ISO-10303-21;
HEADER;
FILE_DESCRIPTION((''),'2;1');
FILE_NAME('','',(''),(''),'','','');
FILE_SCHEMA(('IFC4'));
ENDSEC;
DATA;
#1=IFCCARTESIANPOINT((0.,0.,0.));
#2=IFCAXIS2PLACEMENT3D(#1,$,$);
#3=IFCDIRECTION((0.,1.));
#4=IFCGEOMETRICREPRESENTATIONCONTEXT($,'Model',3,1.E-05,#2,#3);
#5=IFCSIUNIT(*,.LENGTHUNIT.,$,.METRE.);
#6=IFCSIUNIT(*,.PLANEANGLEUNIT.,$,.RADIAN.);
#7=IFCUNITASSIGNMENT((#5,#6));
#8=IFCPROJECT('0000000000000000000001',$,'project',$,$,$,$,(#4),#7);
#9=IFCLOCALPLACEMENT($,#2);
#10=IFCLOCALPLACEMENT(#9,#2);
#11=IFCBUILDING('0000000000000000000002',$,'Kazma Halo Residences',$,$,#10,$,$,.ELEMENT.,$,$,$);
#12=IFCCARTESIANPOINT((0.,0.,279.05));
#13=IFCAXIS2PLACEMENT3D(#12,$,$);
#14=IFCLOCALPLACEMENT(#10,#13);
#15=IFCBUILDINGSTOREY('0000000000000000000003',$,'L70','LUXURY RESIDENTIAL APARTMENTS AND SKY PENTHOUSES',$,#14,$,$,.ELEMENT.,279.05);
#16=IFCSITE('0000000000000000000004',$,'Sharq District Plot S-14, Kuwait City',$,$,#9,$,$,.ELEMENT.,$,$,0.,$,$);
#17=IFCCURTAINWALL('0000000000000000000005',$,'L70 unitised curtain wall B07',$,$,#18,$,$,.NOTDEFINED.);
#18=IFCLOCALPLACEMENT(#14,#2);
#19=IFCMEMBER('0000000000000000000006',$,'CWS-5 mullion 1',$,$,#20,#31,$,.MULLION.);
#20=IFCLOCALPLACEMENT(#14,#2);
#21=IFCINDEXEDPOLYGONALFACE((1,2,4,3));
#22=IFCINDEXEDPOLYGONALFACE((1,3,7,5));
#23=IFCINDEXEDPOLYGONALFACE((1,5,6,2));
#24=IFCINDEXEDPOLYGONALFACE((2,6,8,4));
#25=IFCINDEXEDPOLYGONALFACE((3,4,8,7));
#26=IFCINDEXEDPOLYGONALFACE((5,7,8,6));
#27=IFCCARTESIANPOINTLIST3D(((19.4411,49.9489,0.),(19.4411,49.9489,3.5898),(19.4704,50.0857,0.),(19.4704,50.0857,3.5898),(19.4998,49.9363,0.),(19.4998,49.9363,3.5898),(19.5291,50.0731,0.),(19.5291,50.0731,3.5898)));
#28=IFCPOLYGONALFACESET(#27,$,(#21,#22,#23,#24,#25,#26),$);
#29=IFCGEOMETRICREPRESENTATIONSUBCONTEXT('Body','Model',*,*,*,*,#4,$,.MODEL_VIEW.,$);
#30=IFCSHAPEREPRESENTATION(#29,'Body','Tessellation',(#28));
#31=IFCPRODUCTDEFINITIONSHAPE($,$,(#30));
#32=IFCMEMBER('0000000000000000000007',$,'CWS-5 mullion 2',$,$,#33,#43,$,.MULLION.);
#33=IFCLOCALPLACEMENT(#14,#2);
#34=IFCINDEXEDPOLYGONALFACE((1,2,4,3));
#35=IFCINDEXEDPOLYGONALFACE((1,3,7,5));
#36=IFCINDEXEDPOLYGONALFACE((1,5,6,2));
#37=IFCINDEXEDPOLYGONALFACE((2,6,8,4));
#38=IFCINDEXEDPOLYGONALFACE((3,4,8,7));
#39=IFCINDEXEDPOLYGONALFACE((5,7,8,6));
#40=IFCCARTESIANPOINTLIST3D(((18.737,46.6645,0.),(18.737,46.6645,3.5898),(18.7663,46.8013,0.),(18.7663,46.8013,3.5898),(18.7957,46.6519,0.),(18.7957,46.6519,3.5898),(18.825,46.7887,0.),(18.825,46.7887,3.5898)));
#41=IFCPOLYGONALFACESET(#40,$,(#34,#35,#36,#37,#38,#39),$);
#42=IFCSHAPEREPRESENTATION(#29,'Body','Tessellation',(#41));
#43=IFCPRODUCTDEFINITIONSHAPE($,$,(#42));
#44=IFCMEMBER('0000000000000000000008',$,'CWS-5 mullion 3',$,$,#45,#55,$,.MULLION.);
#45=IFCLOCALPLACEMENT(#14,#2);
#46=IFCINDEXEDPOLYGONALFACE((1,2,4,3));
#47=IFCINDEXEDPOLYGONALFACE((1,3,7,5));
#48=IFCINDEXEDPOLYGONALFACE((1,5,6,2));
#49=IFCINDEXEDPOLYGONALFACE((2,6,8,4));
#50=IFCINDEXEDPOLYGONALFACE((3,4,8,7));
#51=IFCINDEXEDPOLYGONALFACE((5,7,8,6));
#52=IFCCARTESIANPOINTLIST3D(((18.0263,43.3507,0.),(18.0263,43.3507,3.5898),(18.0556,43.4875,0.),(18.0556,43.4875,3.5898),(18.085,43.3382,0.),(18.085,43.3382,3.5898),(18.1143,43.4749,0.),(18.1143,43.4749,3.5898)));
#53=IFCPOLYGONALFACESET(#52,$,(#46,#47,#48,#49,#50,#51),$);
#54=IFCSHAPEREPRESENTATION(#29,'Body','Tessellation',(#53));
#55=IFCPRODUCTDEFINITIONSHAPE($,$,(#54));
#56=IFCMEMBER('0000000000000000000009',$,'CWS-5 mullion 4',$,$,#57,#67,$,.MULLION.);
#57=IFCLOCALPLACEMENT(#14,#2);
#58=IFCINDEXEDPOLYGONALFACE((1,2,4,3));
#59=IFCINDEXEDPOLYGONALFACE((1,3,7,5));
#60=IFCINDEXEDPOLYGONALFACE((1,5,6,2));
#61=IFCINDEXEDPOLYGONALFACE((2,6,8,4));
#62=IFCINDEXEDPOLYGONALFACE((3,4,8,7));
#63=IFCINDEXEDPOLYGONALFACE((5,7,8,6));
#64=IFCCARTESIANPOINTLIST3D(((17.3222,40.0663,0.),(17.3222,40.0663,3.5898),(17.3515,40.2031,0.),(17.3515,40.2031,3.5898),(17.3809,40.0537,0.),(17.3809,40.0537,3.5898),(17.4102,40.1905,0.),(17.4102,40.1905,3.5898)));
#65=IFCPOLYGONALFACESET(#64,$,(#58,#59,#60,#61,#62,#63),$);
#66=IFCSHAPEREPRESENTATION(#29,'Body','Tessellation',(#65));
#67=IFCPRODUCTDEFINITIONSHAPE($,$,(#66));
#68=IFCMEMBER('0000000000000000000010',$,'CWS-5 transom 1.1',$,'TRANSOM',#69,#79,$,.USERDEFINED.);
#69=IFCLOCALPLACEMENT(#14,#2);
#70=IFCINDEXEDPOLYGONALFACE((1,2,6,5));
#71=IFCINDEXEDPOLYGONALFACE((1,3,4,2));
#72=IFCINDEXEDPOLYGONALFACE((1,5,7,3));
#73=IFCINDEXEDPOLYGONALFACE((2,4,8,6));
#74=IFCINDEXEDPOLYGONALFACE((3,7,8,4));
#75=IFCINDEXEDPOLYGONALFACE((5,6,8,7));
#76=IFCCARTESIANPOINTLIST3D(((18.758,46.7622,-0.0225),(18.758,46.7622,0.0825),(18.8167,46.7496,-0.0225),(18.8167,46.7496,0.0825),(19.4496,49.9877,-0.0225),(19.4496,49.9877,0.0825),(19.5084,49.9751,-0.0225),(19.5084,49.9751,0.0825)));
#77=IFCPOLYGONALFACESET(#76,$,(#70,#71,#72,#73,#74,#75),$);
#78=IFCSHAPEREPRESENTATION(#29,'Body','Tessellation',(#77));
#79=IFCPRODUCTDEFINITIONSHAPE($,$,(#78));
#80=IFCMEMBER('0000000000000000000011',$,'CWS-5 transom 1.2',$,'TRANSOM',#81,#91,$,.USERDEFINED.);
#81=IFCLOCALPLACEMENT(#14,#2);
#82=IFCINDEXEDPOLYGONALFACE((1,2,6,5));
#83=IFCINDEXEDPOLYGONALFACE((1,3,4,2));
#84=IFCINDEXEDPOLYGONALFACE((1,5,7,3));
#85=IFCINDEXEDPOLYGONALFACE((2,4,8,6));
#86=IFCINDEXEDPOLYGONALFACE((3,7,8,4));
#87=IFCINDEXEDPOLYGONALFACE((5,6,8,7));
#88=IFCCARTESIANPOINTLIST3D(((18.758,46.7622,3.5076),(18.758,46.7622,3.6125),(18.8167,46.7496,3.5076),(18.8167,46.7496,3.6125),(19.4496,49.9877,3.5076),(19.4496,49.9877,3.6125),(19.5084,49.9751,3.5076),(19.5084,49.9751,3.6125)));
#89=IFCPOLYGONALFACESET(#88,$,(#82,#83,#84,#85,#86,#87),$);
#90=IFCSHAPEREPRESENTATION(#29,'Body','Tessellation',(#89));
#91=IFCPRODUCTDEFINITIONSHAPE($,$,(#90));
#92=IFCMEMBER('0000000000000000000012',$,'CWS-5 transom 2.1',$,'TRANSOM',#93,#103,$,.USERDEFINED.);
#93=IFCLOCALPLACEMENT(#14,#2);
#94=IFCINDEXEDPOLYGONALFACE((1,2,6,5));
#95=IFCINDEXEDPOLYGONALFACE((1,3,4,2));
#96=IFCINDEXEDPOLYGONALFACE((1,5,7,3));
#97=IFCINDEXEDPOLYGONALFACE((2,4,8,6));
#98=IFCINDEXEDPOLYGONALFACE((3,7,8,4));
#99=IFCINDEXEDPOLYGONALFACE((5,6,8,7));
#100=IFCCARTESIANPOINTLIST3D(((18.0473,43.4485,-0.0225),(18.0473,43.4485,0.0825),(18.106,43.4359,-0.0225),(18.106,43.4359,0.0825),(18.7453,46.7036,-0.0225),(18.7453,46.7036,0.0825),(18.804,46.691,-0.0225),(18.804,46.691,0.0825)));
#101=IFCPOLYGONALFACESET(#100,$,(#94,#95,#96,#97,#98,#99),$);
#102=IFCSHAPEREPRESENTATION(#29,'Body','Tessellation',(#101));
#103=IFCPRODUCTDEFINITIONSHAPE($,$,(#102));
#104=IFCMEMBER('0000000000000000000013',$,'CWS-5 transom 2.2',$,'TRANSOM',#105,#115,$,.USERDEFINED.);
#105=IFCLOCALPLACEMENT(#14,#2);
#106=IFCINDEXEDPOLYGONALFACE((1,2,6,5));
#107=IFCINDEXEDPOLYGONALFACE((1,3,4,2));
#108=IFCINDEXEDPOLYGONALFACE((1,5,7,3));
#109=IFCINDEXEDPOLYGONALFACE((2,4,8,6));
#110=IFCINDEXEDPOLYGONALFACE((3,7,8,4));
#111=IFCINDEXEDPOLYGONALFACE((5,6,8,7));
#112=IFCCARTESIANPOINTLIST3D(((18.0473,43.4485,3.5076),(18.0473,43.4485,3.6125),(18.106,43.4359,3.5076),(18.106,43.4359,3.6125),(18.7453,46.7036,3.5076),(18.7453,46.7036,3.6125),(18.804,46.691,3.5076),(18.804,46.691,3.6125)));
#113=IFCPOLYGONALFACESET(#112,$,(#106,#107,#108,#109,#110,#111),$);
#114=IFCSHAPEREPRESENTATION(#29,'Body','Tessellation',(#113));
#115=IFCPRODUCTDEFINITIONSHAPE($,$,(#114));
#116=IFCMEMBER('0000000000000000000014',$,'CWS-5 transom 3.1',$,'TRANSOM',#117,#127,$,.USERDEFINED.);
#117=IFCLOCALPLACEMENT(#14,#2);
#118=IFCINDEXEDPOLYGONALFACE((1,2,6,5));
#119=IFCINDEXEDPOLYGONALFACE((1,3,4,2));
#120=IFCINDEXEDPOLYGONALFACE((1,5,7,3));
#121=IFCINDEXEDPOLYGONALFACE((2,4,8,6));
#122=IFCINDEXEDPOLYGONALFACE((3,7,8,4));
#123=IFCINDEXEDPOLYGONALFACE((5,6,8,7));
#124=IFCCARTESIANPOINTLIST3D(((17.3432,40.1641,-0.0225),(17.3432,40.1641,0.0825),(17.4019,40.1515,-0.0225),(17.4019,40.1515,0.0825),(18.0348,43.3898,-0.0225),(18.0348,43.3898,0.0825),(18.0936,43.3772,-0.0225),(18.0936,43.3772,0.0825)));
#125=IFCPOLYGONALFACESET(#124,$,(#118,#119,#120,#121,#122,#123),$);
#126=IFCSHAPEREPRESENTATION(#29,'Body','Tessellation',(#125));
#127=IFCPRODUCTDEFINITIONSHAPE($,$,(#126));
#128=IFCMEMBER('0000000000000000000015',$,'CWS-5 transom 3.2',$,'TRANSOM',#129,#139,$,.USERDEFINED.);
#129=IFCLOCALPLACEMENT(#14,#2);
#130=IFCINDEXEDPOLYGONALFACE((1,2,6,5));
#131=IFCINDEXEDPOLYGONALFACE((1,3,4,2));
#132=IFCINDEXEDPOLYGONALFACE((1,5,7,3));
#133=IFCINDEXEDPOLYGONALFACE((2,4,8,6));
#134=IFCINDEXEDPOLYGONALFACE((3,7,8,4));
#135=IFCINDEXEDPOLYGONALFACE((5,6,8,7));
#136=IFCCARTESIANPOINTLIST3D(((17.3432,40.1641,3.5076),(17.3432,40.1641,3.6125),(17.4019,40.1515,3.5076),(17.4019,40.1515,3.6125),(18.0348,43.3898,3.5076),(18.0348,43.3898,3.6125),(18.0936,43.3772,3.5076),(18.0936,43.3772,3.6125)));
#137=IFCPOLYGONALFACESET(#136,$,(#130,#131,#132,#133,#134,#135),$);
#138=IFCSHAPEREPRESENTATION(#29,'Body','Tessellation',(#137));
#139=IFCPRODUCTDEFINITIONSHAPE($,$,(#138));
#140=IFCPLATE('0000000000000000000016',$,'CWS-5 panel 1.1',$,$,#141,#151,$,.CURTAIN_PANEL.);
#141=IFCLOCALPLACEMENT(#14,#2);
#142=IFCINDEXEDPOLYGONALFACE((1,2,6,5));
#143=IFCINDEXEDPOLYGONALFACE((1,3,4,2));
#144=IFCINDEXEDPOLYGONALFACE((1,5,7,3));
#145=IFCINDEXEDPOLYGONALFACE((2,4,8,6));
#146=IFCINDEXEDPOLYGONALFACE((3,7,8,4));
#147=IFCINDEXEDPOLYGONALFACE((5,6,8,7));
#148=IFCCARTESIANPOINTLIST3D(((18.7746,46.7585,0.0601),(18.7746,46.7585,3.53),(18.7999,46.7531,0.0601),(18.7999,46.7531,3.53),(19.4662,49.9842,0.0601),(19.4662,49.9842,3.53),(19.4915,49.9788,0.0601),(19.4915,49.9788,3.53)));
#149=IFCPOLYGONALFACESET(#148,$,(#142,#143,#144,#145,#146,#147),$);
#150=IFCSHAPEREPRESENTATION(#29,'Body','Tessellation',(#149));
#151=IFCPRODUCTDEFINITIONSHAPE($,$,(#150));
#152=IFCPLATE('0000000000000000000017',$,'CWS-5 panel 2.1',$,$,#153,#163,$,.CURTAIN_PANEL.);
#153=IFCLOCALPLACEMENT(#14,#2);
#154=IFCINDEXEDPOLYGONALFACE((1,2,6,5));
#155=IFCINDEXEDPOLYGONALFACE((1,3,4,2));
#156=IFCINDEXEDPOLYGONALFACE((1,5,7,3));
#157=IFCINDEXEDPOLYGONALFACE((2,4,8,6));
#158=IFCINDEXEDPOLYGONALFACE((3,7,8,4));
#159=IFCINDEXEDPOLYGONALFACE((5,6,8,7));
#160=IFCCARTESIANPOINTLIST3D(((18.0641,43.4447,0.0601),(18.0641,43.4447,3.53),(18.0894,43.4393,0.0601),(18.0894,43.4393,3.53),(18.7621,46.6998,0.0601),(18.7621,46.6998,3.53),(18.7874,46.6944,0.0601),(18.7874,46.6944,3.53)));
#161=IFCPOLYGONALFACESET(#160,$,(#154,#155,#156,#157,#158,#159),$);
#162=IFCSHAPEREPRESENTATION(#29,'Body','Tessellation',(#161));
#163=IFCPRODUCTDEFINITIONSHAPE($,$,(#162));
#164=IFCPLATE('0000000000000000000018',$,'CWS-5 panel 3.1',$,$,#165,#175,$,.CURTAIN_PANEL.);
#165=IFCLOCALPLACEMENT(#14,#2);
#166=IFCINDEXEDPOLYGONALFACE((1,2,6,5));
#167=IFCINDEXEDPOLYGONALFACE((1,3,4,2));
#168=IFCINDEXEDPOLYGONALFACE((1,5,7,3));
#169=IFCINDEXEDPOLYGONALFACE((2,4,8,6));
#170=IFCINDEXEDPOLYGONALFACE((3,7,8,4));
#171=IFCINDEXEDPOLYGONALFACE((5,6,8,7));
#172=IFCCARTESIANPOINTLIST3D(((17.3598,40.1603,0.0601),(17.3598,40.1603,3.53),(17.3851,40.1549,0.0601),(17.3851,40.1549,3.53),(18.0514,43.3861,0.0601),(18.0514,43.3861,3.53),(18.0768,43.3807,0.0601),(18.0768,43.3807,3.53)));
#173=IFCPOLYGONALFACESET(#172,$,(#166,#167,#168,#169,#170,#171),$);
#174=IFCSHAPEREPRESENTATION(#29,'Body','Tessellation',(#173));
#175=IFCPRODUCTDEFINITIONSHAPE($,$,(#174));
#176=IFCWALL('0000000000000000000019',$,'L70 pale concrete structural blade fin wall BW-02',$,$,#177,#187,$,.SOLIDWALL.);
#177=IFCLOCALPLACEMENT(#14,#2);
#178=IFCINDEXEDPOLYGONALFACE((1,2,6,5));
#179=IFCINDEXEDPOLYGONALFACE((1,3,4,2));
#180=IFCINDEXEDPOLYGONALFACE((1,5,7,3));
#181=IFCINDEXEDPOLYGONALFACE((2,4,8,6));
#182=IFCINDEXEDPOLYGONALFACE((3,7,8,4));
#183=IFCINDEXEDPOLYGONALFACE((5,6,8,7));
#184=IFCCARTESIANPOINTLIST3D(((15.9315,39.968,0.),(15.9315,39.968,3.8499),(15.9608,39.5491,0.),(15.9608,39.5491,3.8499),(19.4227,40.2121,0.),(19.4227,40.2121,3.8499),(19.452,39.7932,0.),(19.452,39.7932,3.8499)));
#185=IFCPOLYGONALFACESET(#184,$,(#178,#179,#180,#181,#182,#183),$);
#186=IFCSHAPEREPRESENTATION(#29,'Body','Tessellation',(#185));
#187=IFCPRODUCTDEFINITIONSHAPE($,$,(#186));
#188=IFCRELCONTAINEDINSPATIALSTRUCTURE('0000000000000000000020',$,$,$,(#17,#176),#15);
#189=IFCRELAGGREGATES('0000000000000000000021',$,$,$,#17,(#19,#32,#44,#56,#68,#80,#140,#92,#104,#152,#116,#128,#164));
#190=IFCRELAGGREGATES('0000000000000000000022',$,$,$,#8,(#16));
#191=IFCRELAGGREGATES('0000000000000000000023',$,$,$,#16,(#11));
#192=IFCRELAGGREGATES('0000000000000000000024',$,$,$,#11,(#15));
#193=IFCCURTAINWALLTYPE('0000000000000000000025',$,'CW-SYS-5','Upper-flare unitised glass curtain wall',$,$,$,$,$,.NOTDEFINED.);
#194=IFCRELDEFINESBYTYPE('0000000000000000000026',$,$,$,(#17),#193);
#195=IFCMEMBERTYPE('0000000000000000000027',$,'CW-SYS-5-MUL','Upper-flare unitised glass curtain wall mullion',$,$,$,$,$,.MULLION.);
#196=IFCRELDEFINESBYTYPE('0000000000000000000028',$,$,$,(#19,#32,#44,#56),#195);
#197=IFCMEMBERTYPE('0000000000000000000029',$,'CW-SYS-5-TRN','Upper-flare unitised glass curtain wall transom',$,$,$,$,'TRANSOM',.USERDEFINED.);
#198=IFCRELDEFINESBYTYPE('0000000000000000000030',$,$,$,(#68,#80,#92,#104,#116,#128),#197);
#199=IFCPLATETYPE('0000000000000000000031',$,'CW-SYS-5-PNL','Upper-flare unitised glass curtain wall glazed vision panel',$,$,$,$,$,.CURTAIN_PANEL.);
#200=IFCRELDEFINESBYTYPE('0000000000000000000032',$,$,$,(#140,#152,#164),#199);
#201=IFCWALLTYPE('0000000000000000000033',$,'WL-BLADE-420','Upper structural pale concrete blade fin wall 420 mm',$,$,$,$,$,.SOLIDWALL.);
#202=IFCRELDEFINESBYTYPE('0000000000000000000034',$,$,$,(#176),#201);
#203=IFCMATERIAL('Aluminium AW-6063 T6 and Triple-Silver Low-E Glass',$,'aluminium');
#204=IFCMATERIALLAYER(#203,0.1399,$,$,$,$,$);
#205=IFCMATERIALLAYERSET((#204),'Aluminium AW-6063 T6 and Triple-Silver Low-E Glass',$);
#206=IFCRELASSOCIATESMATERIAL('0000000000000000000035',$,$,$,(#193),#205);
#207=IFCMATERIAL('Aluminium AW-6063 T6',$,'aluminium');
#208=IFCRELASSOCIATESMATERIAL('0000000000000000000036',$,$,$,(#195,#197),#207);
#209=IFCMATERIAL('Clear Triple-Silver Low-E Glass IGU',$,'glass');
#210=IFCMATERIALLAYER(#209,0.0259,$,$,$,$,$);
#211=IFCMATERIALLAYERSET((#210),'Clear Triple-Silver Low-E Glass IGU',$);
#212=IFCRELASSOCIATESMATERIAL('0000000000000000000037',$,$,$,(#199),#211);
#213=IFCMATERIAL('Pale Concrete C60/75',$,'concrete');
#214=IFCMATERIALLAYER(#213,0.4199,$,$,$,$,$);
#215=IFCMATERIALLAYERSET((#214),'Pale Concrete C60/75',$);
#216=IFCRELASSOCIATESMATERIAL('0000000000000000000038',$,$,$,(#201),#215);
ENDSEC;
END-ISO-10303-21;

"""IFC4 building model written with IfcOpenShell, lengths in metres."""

from ifc_helpers import new_model, si_unit, direction, frame, frame_2d, origin, origin_2d, place, context, subcontext, project, spatial, rectangle, extrude, material, layer, layer_set, material_profile, profile_set, type_object, element, aggregate, save


model = new_model("IFC4")

# Units and contexts
model_context = context("Model", 3, precision=1e-05, world=origin(), true_north=direction((0.0, 1.0)))
body_context = subcontext(model_context, "Body", "Model", "MODEL_VIEW")
ifc_project = project(units=[si_unit("LENGTHUNIT", "METRE"), si_unit("PLANEANGLEUNIT", "RADIAN")], contexts=[model_context])

# Site, building, storey
site_placement = place(None, origin())
site = spatial("IfcSite", under=ifc_project, at=site_placement, Name="Sharq District Plot S-14, Kuwait City", CompositionType="ELEMENT", RefElevation=0.0)
building_placement = place(site_placement, origin())
building = spatial("IfcBuilding", under=site, at=building_placement, Name="Kazma Halo Residences", CompositionType="ELEMENT")
storey_placement = place(building_placement, frame((0.0, 0.0, 279.05)))
storey = spatial("IfcBuildingStorey", under=building, at=storey_placement, Name="L70", Description="LUXURY RESIDENTIAL APARTMENTS AND SKY PENTHOUSES", CompositionType="ELEMENT", Elevation=279.05)

# Curtain wall, members, plates
ifc_material_1 = material(Name="Aluminium AW-6063 T6 and Triple-Silver Low-E Glass", Category="aluminium")
ifc_layer_1 = layer(ifc_material_1, 0.1399)
ifc_layer_set_1 = layer_set([ifc_layer_1], Name="Aluminium AW-6063 T6 and Triple-Silver Low-E Glass")
curtain_wall_type = type_object("IfcCurtainWallType", Name="CW-SYS-5", Description="Upper-flare unitised glass curtain wall", PredefinedType="NOTDEFINED", material=ifc_layer_set_1)
curtain_wall_placement = place(storey_placement, origin())
curtain_wall = element("IfcCurtainWall", 1, at=curtain_wall_placement, inside=storey, type_object=curtain_wall_type, Name="L70 unitised curtain wall B07", PredefinedType="NOTDEFINED")
ifc_material_2 = material(Name="Aluminium AW-6063 T6", Category="aluminium")
ifc_material_profile_1 = material_profile(ifc_material_2, rectangle(XDim=0.0601, YDim=0.1399, at=origin_2d()), Name="CWM-60x140")
ifc_profile_set_1 = profile_set([ifc_material_profile_1], Name="Aluminium AW-6063 T6")
member_type_1 = type_object("IfcMemberType", Name="CW-SYS-5-MUL", Description="Upper-flare unitised glass curtain wall mullion", PredefinedType="MULLION", material=ifc_profile_set_1)
member_1_placement = place(storey_placement, frame((19.4851, 50.011, 0.0), z_axis=(0.0, 0.0, 1.0), x_axis=(0.977775, -0.209657, 0.0)))
member_1 = element("IfcMember", 2, at=member_1_placement, type_object=member_type_1, Name="CWS-5 mullion 1", PredefinedType="MULLION", context=body_context, shape_type="SweptSolid", body=[
    extrude(rectangle(XDim=0.0601, YDim=0.1399, at=origin_2d()), origin(), (0.0, 0.0, 1.0), 3.5898),
])
member_2_placement = place(storey_placement, frame((18.781, 46.7266, 0.0), z_axis=(0.0, 0.0, 1.0), x_axis=(0.977775, -0.209657, 0.0)))
member_2 = element("IfcMember", 3, at=member_2_placement, type_object=member_type_1, Name="CWS-5 mullion 2", PredefinedType="MULLION", context=body_context, shape_type="SweptSolid", body=[
    extrude(rectangle(XDim=0.0601, YDim=0.1399, at=origin_2d()), origin(), (0.0, 0.0, 1.0), 3.5898),
])
member_3_placement = place(storey_placement, frame((18.0703, 43.4128, 0.0), z_axis=(0.0, 0.0, 1.0), x_axis=(0.977775, -0.209657, 0.0)))
member_3 = element("IfcMember", 4, at=member_3_placement, type_object=member_type_1, Name="CWS-5 mullion 3", PredefinedType="MULLION", context=body_context, shape_type="SweptSolid", body=[
    extrude(rectangle(XDim=0.0601, YDim=0.1399, at=origin_2d()), origin(), (0.0, 0.0, 1.0), 3.5898),
])
member_4_placement = place(storey_placement, frame((17.3662, 40.1284, 0.0), z_axis=(0.0, 0.0, 1.0), x_axis=(0.977775, -0.209657, 0.0)))
member_4 = element("IfcMember", 5, at=member_4_placement, type_object=member_type_1, Name="CWS-5 mullion 4", PredefinedType="MULLION", context=body_context, shape_type="SweptSolid", body=[
    extrude(rectangle(XDim=0.0601, YDim=0.1399, at=origin_2d()), origin(), (0.0, 0.0, 1.0), 3.5898),
])
ifc_material_profile_2 = material_profile(ifc_material_2, rectangle(XDim=0.0601, YDim=0.105, at=origin_2d()), Name="CWT-60x105")
ifc_profile_set_2 = profile_set([ifc_material_profile_2], Name="Aluminium AW-6063 T6")
member_type_2 = type_object("IfcMemberType", Name="CW-SYS-5-TRN", Description="Upper-flare unitised glass curtain wall transom", ElementType="TRANSOM", PredefinedType="USERDEFINED", material=ifc_profile_set_2)
member_5_placement = place(storey_placement, frame((19.479, 49.9814, 0.03), z_axis=(-0.20966, -0.977774, 0.0), x_axis=(0.977774, -0.20966, 0.0)))
member_5 = element("IfcMember", 6, at=member_5_placement, type_object=member_type_2, Name="CWS-5 transom 1.1", ObjectType="TRANSOM", PredefinedType="USERDEFINED", context=body_context, shape_type="SweptSolid", body=[
    extrude(rectangle(XDim=0.0601, YDim=0.105, at=origin_2d()), origin(), (0.0, 0.0, 1.0), 3.2988),
])
member_6_placement = place(storey_placement, frame((19.479, 49.9814, 3.5601), z_axis=(-0.20966, -0.977774, 0.0), x_axis=(0.977774, -0.20966, 0.0)))
member_6 = element("IfcMember", 7, at=member_6_placement, type_object=member_type_2, Name="CWS-5 transom 1.2", ObjectType="TRANSOM", PredefinedType="USERDEFINED", context=body_context, shape_type="SweptSolid", body=[
    extrude(rectangle(XDim=0.0601, YDim=0.105, at=origin_2d()), origin(), (0.0, 0.0, 1.0), 3.2988),
])
member_7_placement = place(storey_placement, frame((18.7747, 46.6973, 0.03), z_axis=(-0.209664, -0.977773, 0.0), x_axis=(0.977773, -0.209664, 0.0)))
member_7 = element("IfcMember", 8, at=member_7_placement, type_object=member_type_2, Name="CWS-5 transom 2.1", ObjectType="TRANSOM", PredefinedType="USERDEFINED", context=body_context, shape_type="SweptSolid", body=[
    extrude(rectangle(XDim=0.0601, YDim=0.105, at=origin_2d()), origin(), (0.0, 0.0, 1.0), 3.3291),
])
member_8_placement = place(storey_placement, frame((18.7747, 46.6973, 3.5601), z_axis=(-0.209664, -0.977773, 0.0), x_axis=(0.977773, -0.209664, 0.0)))
member_8 = element("IfcMember", 9, at=member_8_placement, type_object=member_type_2, Name="CWS-5 transom 2.2", ObjectType="TRANSOM", PredefinedType="USERDEFINED", context=body_context, shape_type="SweptSolid", body=[
    extrude(rectangle(XDim=0.0601, YDim=0.105, at=origin_2d()), origin(), (0.0, 0.0, 1.0), 3.3291),
])
member_9_placement = place(storey_placement, frame((18.0642, 43.3835, 0.03), z_axis=(-0.209645, -0.977777, 0.0), x_axis=(0.977777, -0.209645, 0.0)))
member_9 = element("IfcMember", 10, at=member_9_placement, type_object=member_type_2, Name="CWS-5 transom 3.1", ObjectType="TRANSOM", PredefinedType="USERDEFINED", context=body_context, shape_type="SweptSolid", body=[
    extrude(rectangle(XDim=0.0601, YDim=0.105, at=origin_2d()), origin(), (0.0, 0.0, 1.0), 3.2991),
])
member_10_placement = place(storey_placement, frame((18.0642, 43.3835, 3.5601), z_axis=(-0.209645, -0.977777, 0.0), x_axis=(0.977777, -0.209645, 0.0)))
member_10 = element("IfcMember", 11, at=member_10_placement, type_object=member_type_2, Name="CWS-5 transom 3.2", ObjectType="TRANSOM", PredefinedType="USERDEFINED", context=body_context, shape_type="SweptSolid", body=[
    extrude(rectangle(XDim=0.0601, YDim=0.105, at=origin_2d()), origin(), (0.0, 0.0, 1.0), 3.2991),
])
ifc_material_3 = material(Name="Clear Triple-Silver Low-E Glass IGU", Category="glass")
ifc_layer_2 = layer(ifc_material_3, 0.0259)
ifc_layer_set_2 = layer_set([ifc_layer_2], Name="Clear Triple-Silver Low-E Glass IGU")
plate_type = type_object("IfcPlateType", Name="CW-SYS-5-PNL", Description="Upper-flare unitised glass curtain wall glazed vision panel", PredefinedType="CURTAIN_PANEL", material=ifc_layer_set_2)
plate_1_placement = place(storey_placement, frame((19.1331, 48.3687, 0.0601), z_axis=(0.0, 0.0, 1.0), x_axis=(-0.209657, -0.977775, 0.0)))
plate_1 = element("IfcPlate", 12, at=plate_1_placement, type_object=plate_type, Name="CWS-5 panel 1.1", PredefinedType="CURTAIN_PANEL", context=body_context, shape_type="SweptSolid", body=[
    extrude(rectangle(XDim=3.2991, YDim=0.0259, at=origin_2d()), origin(), (0.0, 0.0, 1.0), 3.47),
])
plate_2_placement = place(storey_placement, frame((18.4258, 45.0696, 0.0601), z_axis=(0.0, 0.0, 1.0), x_axis=(-0.209657, -0.977775, 0.0)))
plate_2 = element("IfcPlate", 13, at=plate_2_placement, type_object=plate_type, Name="CWS-5 panel 2.1", PredefinedType="CURTAIN_PANEL", context=body_context, shape_type="SweptSolid", body=[
    extrude(rectangle(XDim=3.3291, YDim=0.0259, at=origin_2d()), origin(), (0.0, 0.0, 1.0), 3.47),
])
plate_3_placement = place(storey_placement, frame((17.7183, 41.7705, 0.0601), z_axis=(0.0, 0.0, 1.0), x_axis=(-0.209657, -0.977775, 0.0)))
plate_3 = element("IfcPlate", 14, at=plate_3_placement, type_object=plate_type, Name="CWS-5 panel 3.1", PredefinedType="CURTAIN_PANEL", context=body_context, shape_type="SweptSolid", body=[
    extrude(rectangle(XDim=3.2991, YDim=0.0259, at=origin_2d()), origin(), (0.0, 0.0, 1.0), 3.47),
])
aggregate(curtain_wall, [member_1, member_2, member_3, member_4, member_5, member_6, plate_1, member_7, member_8, plate_2, member_9, member_10, plate_3])

# Wall
ifc_material_4 = material(Name="Pale Concrete C60/75", Category="concrete")
ifc_layer_3 = layer(ifc_material_4, 0.4199)
ifc_layer_set_3 = layer_set([ifc_layer_3], Name="Pale Concrete C60/75")
wall_type_1 = type_object("IfcWallType", Name="WL-BLADE-420", Description="Upper structural pale concrete blade fin wall 420 mm", PredefinedType="SOLIDWALL", material=ifc_layer_set_3)
wall_1_placement = place(storey_placement, frame((19.4375, 40.0027, 0.0), z_axis=(0.0, 0.0, 1.0), x_axis=(-0.997564, -0.06976, 0.0)))
element("IfcWall", 15, at=wall_1_placement, inside=storey, type_object=wall_type_1, Name="L70 pale concrete structural blade fin wall BW-02", PredefinedType="SOLIDWALL", context=body_context, shape_type="SweptSolid", body=[
    extrude(rectangle(XDim=3.4998, YDim=0.4199, at=frame_2d((1.75, 0.0))), origin(), (0.0, 0.0, 1.0), 3.8499),
])

save(model, "model.ifc")
